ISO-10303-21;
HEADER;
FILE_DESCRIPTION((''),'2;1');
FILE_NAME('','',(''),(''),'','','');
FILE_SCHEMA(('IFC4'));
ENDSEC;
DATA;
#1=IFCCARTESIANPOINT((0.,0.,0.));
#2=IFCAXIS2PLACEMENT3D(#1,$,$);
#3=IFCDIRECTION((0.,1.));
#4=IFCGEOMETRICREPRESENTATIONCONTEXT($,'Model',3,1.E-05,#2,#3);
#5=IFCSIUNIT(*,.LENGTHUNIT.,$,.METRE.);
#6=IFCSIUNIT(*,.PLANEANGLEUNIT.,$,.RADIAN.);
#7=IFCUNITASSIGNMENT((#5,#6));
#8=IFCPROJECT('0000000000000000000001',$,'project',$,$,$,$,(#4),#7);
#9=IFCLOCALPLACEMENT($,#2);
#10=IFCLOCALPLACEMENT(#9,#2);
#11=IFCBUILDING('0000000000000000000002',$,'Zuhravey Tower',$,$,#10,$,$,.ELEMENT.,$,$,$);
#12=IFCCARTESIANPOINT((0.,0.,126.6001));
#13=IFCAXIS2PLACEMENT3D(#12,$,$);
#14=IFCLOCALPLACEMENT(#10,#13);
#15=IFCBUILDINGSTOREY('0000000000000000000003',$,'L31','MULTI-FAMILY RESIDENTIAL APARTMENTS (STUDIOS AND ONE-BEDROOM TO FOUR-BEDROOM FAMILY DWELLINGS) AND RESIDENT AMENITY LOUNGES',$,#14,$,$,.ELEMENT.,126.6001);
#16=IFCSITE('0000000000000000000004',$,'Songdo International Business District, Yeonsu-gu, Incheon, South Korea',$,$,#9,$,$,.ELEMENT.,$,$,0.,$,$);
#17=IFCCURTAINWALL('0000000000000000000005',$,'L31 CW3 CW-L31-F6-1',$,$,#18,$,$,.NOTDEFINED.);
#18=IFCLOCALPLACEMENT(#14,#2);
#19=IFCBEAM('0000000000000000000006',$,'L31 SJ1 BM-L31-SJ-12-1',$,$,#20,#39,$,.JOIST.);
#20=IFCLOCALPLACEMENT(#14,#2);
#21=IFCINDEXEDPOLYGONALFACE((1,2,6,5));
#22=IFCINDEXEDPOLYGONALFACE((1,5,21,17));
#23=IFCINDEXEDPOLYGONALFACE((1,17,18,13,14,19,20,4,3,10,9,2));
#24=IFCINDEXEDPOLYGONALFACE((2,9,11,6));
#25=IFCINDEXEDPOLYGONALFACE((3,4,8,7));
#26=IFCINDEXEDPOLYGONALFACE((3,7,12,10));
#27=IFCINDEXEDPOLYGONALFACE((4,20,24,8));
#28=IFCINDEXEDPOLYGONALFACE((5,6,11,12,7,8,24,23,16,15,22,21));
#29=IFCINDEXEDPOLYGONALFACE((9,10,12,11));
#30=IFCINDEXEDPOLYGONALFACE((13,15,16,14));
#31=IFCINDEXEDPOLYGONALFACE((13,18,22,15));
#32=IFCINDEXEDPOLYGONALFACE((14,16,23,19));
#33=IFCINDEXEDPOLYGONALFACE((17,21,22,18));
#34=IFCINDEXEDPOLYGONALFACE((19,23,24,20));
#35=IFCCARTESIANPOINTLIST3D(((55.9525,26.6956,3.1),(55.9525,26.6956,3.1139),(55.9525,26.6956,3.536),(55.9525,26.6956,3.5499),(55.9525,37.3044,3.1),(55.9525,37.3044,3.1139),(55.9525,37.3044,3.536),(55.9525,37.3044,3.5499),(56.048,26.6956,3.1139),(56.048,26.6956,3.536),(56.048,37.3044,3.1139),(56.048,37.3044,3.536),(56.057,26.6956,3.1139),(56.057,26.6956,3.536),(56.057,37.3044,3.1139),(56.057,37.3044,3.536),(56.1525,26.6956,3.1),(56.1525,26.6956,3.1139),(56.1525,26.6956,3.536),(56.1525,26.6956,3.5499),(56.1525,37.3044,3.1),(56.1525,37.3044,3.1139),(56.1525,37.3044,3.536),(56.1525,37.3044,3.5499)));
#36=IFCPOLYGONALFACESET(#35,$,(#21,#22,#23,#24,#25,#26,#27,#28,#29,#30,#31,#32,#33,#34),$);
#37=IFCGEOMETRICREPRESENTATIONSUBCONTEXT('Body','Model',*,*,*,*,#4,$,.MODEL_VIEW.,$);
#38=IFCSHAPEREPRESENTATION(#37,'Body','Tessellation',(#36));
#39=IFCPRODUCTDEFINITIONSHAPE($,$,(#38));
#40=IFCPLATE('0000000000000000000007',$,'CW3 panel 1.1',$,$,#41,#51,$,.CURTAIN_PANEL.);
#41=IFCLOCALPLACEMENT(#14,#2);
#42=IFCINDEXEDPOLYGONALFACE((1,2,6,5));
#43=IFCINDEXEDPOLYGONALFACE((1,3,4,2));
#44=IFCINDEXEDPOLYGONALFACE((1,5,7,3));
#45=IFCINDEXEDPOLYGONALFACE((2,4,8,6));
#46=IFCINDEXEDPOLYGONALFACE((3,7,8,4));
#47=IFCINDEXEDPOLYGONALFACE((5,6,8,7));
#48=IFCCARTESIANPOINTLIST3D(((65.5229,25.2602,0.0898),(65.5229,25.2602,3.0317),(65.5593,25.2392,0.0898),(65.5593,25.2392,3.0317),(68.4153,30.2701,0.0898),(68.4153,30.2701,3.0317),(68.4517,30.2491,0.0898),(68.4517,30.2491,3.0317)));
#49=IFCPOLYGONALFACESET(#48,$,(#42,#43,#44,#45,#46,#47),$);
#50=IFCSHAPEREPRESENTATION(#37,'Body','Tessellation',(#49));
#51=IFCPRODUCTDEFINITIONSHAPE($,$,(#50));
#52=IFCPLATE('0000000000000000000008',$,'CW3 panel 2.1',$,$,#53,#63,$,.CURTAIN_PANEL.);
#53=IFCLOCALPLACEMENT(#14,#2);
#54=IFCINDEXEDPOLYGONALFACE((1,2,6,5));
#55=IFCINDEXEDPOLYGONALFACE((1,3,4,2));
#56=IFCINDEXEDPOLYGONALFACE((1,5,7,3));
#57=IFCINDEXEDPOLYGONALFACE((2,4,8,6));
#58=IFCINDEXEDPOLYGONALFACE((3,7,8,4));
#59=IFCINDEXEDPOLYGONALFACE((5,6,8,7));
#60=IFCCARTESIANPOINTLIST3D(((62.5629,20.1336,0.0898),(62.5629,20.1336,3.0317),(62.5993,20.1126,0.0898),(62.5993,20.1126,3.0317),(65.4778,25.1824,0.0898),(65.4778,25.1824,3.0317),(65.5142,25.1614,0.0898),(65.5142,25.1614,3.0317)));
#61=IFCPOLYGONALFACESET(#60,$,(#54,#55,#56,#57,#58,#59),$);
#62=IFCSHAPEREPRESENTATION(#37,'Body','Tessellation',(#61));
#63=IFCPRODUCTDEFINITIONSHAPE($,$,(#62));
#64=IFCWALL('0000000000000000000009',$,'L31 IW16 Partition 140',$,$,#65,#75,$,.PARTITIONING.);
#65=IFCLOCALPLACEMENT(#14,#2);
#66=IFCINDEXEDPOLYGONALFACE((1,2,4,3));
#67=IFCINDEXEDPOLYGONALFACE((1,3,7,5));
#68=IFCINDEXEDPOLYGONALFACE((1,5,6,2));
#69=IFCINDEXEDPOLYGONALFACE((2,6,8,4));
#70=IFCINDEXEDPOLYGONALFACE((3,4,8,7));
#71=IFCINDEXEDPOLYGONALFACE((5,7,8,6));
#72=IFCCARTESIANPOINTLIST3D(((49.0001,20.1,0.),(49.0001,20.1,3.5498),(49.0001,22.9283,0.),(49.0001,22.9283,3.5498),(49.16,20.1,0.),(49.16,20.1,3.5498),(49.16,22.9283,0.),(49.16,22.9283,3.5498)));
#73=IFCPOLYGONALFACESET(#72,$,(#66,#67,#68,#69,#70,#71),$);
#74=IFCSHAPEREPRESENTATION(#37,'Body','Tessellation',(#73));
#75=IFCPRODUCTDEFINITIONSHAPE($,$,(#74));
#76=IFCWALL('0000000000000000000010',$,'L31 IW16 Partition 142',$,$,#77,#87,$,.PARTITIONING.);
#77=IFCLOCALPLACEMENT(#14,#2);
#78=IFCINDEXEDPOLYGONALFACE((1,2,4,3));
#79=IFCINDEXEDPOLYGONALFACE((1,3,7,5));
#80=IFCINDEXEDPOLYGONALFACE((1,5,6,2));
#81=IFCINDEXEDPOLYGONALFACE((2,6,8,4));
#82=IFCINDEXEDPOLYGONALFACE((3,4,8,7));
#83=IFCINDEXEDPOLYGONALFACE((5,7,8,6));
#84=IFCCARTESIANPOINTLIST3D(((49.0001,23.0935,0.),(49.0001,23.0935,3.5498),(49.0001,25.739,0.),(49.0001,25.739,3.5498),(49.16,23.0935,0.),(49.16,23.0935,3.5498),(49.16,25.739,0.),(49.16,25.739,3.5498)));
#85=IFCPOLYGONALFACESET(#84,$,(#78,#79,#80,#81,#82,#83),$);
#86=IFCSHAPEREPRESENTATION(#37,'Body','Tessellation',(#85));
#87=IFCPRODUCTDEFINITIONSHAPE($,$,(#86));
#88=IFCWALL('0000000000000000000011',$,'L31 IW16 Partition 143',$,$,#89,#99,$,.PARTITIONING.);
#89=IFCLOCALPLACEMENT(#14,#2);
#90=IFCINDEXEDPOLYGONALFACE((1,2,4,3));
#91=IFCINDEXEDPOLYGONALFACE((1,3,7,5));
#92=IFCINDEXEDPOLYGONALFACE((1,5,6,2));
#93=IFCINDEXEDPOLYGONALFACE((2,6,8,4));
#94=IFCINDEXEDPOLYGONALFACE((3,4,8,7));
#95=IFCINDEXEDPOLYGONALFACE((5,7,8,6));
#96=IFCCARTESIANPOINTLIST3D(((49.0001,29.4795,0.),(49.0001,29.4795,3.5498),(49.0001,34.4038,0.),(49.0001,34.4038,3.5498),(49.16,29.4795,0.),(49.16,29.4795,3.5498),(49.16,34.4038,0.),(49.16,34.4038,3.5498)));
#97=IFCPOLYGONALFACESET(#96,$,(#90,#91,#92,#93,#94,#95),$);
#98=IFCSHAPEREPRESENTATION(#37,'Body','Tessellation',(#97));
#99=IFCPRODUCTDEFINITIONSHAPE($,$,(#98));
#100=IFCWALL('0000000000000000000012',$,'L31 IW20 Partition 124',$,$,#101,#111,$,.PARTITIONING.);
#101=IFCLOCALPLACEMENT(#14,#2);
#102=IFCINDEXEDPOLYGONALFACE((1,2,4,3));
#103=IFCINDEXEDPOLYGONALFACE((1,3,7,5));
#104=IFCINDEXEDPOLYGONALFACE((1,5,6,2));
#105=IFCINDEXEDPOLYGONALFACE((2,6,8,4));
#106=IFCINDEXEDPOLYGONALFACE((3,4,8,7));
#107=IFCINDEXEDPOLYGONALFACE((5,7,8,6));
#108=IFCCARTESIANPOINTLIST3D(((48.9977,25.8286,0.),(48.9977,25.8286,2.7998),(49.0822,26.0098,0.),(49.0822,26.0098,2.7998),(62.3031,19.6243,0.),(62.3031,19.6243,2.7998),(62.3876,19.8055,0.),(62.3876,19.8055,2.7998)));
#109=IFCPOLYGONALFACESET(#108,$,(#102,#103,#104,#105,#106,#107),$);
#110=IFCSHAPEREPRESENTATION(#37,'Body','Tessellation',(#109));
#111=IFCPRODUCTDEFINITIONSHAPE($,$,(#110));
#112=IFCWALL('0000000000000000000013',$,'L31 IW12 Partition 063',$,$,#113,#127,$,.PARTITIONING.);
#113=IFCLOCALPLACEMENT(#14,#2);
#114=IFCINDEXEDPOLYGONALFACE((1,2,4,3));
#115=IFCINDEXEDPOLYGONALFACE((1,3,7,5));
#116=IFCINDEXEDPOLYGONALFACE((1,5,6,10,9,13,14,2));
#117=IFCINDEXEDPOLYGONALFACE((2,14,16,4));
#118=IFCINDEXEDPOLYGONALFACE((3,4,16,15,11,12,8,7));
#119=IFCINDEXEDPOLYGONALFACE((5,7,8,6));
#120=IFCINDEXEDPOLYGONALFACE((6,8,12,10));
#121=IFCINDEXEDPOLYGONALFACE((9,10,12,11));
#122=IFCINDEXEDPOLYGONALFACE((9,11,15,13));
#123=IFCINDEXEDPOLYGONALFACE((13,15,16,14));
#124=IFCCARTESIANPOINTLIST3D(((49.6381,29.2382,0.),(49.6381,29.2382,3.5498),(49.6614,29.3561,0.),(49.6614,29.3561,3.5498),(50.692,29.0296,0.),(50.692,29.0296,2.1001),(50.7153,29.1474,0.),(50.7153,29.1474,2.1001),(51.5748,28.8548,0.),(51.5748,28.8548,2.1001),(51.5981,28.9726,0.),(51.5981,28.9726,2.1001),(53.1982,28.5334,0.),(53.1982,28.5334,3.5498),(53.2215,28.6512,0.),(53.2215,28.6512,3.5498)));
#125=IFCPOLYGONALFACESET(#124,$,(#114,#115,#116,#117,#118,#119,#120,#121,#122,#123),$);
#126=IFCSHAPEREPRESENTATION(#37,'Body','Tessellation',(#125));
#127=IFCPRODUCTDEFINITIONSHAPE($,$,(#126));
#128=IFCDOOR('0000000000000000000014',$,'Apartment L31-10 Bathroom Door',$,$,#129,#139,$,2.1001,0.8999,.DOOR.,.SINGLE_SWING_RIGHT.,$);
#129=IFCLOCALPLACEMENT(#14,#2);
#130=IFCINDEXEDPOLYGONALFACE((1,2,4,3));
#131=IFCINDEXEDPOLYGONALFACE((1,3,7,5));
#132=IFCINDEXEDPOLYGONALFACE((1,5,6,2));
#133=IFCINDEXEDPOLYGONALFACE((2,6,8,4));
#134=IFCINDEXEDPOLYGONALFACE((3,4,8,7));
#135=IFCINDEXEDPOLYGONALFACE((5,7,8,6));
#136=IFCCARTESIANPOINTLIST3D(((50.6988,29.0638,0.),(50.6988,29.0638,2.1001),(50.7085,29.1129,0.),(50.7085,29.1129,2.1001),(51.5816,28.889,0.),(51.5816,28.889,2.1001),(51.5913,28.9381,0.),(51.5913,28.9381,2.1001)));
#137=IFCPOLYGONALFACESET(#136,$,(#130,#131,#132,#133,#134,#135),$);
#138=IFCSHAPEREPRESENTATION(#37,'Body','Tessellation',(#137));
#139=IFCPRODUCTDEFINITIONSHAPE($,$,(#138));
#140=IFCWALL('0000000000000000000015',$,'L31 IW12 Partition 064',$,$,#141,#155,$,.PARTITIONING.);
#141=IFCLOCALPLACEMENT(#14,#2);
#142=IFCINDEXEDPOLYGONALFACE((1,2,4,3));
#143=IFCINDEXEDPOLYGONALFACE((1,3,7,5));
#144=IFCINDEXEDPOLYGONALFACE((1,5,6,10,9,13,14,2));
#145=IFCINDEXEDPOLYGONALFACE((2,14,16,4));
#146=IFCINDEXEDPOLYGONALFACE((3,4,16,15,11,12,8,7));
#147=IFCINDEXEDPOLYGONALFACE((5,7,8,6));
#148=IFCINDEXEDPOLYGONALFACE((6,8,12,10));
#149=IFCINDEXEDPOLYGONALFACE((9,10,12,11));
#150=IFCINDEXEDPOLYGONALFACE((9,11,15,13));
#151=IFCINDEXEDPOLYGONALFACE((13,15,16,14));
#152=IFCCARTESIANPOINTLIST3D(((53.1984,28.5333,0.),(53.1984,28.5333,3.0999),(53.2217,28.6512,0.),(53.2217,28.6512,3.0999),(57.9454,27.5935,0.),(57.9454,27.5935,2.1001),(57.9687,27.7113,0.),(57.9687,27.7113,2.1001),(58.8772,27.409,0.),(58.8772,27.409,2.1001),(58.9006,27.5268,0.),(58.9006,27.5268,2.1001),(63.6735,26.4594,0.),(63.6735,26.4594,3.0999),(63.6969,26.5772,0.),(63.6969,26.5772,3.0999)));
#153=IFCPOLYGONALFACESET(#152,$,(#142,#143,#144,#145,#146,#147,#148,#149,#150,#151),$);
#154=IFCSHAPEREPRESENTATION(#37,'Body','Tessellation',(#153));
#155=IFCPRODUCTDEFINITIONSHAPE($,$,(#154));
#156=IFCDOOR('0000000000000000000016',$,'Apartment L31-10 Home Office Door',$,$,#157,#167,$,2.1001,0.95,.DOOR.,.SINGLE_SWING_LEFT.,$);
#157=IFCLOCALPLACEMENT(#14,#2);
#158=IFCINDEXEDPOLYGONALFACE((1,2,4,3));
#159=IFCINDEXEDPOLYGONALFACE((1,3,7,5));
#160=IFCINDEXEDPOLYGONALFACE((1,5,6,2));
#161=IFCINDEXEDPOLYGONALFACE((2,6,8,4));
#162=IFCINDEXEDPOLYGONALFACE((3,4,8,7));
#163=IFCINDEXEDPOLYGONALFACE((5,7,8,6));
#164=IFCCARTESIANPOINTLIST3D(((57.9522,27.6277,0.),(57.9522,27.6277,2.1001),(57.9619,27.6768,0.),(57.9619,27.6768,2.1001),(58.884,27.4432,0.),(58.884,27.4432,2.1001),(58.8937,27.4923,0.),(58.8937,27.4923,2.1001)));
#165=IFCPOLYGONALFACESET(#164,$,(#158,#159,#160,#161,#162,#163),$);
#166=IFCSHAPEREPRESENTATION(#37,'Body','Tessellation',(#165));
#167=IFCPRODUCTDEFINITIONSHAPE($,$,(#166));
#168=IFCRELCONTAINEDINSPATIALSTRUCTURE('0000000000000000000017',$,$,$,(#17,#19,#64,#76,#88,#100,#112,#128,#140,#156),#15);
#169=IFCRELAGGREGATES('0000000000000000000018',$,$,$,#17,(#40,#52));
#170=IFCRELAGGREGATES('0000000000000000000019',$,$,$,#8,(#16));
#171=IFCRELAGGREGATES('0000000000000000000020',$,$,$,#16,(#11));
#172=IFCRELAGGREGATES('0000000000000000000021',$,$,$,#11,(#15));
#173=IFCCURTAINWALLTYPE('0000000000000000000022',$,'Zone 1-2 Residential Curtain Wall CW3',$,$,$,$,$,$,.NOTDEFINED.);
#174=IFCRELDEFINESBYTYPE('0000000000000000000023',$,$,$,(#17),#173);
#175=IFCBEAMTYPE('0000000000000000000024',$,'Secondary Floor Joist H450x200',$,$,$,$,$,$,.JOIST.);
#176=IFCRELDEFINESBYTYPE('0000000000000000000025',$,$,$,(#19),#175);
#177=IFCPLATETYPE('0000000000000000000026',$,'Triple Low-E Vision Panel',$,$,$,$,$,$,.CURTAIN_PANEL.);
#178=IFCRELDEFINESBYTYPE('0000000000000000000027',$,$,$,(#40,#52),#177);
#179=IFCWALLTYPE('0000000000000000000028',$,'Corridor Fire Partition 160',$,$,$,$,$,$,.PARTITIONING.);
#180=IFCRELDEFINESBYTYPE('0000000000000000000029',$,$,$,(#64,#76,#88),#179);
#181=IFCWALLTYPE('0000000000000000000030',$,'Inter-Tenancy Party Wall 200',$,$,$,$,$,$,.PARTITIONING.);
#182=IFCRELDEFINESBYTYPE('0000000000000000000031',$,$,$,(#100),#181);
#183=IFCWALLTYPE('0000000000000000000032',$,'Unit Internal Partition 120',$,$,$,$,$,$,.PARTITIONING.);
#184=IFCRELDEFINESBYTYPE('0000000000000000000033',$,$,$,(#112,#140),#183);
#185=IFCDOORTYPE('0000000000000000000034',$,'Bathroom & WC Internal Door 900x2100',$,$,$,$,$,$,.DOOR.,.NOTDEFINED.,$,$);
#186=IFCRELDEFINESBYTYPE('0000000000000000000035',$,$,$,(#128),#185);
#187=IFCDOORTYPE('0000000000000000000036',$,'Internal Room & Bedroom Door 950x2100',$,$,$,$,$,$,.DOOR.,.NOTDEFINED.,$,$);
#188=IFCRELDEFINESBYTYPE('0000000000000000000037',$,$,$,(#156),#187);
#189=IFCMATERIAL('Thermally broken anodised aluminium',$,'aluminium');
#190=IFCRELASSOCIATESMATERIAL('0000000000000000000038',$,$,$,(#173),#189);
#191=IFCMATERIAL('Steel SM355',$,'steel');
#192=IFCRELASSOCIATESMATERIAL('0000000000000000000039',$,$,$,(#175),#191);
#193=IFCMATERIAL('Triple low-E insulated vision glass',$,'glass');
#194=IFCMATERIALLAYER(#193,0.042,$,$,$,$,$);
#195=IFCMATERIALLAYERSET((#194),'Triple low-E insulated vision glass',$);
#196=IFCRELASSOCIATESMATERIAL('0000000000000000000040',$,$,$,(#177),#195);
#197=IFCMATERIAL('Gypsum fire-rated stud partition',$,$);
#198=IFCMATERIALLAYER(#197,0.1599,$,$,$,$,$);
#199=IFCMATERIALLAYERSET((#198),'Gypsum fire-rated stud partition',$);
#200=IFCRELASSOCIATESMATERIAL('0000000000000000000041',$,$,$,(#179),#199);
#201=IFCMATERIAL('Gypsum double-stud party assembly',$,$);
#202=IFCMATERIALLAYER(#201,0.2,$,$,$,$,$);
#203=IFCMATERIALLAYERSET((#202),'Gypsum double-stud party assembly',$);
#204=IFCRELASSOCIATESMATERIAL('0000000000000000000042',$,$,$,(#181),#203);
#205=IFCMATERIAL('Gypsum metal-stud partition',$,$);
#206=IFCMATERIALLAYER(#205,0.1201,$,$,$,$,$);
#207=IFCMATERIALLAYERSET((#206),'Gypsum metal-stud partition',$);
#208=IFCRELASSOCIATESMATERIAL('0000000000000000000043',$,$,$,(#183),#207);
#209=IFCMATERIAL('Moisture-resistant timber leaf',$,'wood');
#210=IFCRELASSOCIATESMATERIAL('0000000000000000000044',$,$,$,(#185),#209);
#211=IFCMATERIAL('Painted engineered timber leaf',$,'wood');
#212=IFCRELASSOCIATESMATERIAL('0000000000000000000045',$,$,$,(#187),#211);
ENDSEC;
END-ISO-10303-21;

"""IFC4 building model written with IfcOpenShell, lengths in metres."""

from ifc_helpers import new_model, si_unit, direction, frame, frame_2d, origin, origin_2d, place, context, subcontext, project, spatial, rectangle, i_section, extrude, material, layer, layer_set, material_profile, profile_set, type_object, element, fill, aggregate, save


model = new_model("IFC4")

# Units and contexts
model_context = context("Model", 3, precision=1e-05, world=origin(), true_north=direction((0.0, 1.0)))
body_context = subcontext(model_context, "Body", "Model", "MODEL_VIEW")
ifc_project = project(units=[si_unit("LENGTHUNIT", "METRE"), si_unit("PLANEANGLEUNIT", "RADIAN")], contexts=[model_context])

# Site, building, storey
site_placement = place(None, origin())
site = spatial("IfcSite", under=ifc_project, at=site_placement, Name="Songdo International Business District, Yeonsu-gu, Incheon, South Korea", CompositionType="ELEMENT", RefElevation=0.0)
building_placement = place(site_placement, origin())
building = spatial("IfcBuilding", under=site, at=building_placement, Name="Zuhravey Tower", CompositionType="ELEMENT")
storey_placement = place(building_placement, frame((0.0, 0.0, 126.6001)))
storey = spatial("IfcBuildingStorey", under=building, at=storey_placement, Name="L31", Description="MULTI-FAMILY RESIDENTIAL APARTMENTS (STUDIOS AND ONE-BEDROOM TO FOUR-BEDROOM FAMILY DWELLINGS) AND RESIDENT AMENITY LOUNGES", CompositionType="ELEMENT", Elevation=126.6001)

# Curtain wall
ifc_material_1 = material(Name="Thermally broken anodised aluminium", Category="aluminium")
curtain_wall_type = type_object("IfcCurtainWallType", Name="Zone 1-2 Residential Curtain Wall CW3", PredefinedType="NOTDEFINED", material=ifc_material_1)
curtain_wall_placement = place(storey_placement, origin())
curtain_wall = element("IfcCurtainWall", 1, at=curtain_wall_placement, inside=storey, type_object=curtain_wall_type, Name="L31 CW3 CW-L31-F6-1", PredefinedType="NOTDEFINED")

# Beam
ifc_material_2 = material(Name="Steel SM355", Category="steel")
ifc_material_profile_1 = material_profile(ifc_material_2, i_section(OverallWidth=0.2, OverallDepth=0.45, WebThickness=0.009, FlangeThickness=0.0139, at=origin_2d()), Name="H-450x200x9x14")
ifc_profile_set_1 = profile_set([ifc_material_profile_1], Name="Steel SM355")
beam_type_1 = type_object("IfcBeamType", Name="Secondary Floor Joist H450x200", PredefinedType="JOIST", material=ifc_profile_set_1)
beam_1_placement = place(storey_placement, frame((56.0525, 26.6956, 3.325), z_axis=(0.0, 1.0, 0.0), x_axis=(-1.0, 0.0, 0.0)))
element("IfcBeam", 2, at=beam_1_placement, inside=storey, type_object=beam_type_1, Name="L31 SJ1 BM-L31-SJ-12-1", PredefinedType="JOIST", context=body_context, shape_type="SweptSolid", body=[
    extrude(i_section(OverallWidth=0.2, OverallDepth=0.45, WebThickness=0.009, FlangeThickness=0.0139, at=origin_2d()), origin(), (0.0, 0.0, 1.0), 10.6089),
])

# Plates
ifc_material_3 = material(Name="Triple low-E insulated vision glass", Category="glass")
ifc_layer_1 = layer(ifc_material_3, 0.042)
ifc_layer_set_1 = layer_set([ifc_layer_1], Name="Triple low-E insulated vision glass")
plate_type = type_object("IfcPlateType", Name="Triple Low-E Vision Panel", PredefinedType="CURTAIN_PANEL", material=ifc_layer_set_1)
plate_1_placement = place(storey_placement, frame((66.9873, 27.7546, 0.0898), z_axis=(0.0, 0.0, 1.0), x_axis=(-0.5, -0.866026, 0.0)))
plate_1 = element("IfcPlate", 3, at=plate_1_placement, type_object=plate_type, Name="CW3 panel 1.1", PredefinedType="CURTAIN_PANEL", context=body_context, shape_type="SweptSolid", body=[
    extrude(rectangle(XDim=5.7849, YDim=0.042, at=origin_2d()), origin(), (0.0, 0.0, 1.0), 2.9419),
])
plate_2_placement = place(storey_placement, frame((64.0386, 22.6475, 0.0898), z_axis=(0.0, 0.0, 1.0), x_axis=(-0.5, -0.866026, 0.0)))
plate_2 = element("IfcPlate", 4, at=plate_2_placement, type_object=plate_type, Name="CW3 panel 2.1", PredefinedType="CURTAIN_PANEL", context=body_context, shape_type="SweptSolid", body=[
    extrude(rectangle(XDim=5.8298, YDim=0.042, at=origin_2d()), origin(), (0.0, 0.0, 1.0), 2.9419),
])
aggregate(curtain_wall, [plate_1, plate_2])

# Shared definitions
ifc_material_4 = material(Name="Gypsum fire-rated stud partition")
ifc_layer_2 = layer(ifc_material_4, 0.1599)
ifc_layer_set_2 = layer_set([ifc_layer_2], Name="Gypsum fire-rated stud partition")
wall_type_1 = type_object("IfcWallType", Name="Corridor Fire Partition 160", PredefinedType="PARTITIONING", material=ifc_layer_set_2)

# Walls
wall_1_placement = place(storey_placement, frame((49.0801, 20.1001, 0.0), z_axis=(0.0, 0.0, 1.0), x_axis=(0.0, 1.0, 0.0)))
element("IfcWall", 5, at=wall_1_placement, inside=storey, type_object=wall_type_1, Name="L31 IW16 Partition 140", PredefinedType="PARTITIONING", context=body_context, shape_type="SweptSolid", body=[
    extrude(rectangle(XDim=2.8284, YDim=0.1599, at=frame_2d((1.4141, 0.0))), origin(), (0.0, 0.0, 1.0), 3.5498),
])
wall_2_placement = place(storey_placement, frame((49.0801, 23.0935, 0.0), z_axis=(0.0, 0.0, 1.0), x_axis=(0.0, 1.0, 0.0)))
element("IfcWall", 6, at=wall_2_placement, inside=storey, type_object=wall_type_1, Name="L31 IW16 Partition 142", PredefinedType="PARTITIONING", context=body_context, shape_type="SweptSolid", body=[
    extrude(rectangle(XDim=2.6455, YDim=0.1599, at=frame_2d((1.3228, 0.0))), origin(), (0.0, 0.0, 1.0), 3.5498),
])
wall_3_placement = place(storey_placement, frame((49.0801, 29.4795, 0.0), z_axis=(0.0, 0.0, 1.0), x_axis=(0.0, 1.0, 0.0)))
element("IfcWall", 7, at=wall_3_placement, inside=storey, type_object=wall_type_1, Name="L31 IW16 Partition 143", PredefinedType="PARTITIONING", context=body_context, shape_type="SweptSolid", body=[
    extrude(rectangle(XDim=4.9243, YDim=0.1599, at=frame_2d((2.4622, 0.0))), origin(), (0.0, 0.0, 1.0), 3.5498),
])
ifc_material_5 = material(Name="Gypsum double-stud party assembly")
ifc_layer_3 = layer(ifc_material_5, 0.2)
ifc_layer_set_3 = layer_set([ifc_layer_3], Name="Gypsum double-stud party assembly")
wall_type_2 = type_object("IfcWallType", Name="Inter-Tenancy Party Wall 200", PredefinedType="PARTITIONING", material=ifc_layer_set_3)
wall_4_placement = place(storey_placement, frame((49.04, 25.9192, 0.0), z_axis=(0.0, 0.0, 1.0), x_axis=(0.90631, -0.422614, 0.0)))
element("IfcWall", 8, at=wall_4_placement, inside=storey, type_object=wall_type_2, Name="L31 IW20 Partition 124", PredefinedType="PARTITIONING", context=body_context, shape_type="SweptSolid", body=[
    extrude(rectangle(XDim=14.6809, YDim=0.2, at=frame_2d((7.3403, 0.0))), origin(), (0.0, 0.0, 1.0), 2.7998),
])

# Walls, openings, doors
ifc_material_6 = material(Name="Gypsum metal-stud partition")
ifc_layer_4 = layer(ifc_material_6, 0.1201)
ifc_layer_set_4 = layer_set([ifc_layer_4], Name="Gypsum metal-stud partition")
wall_type_3 = type_object("IfcWallType", Name="Unit Internal Partition 120", PredefinedType="PARTITIONING", material=ifc_layer_set_4)
wall_5_placement = place(storey_placement, frame((49.6499, 29.2971, 0.0), z_axis=(0.0, 0.0, 1.0), x_axis=(0.980959, -0.194214, 0.0)))
wall_5 = element("IfcWall", 9, at=wall_5_placement, inside=storey, type_object=wall_type_3, Name="L31 IW12 Partition 063", PredefinedType="PARTITIONING", context=body_context, shape_type="SweptSolid", body=[
    extrude(rectangle(XDim=3.6292, YDim=0.1201, at=frame_2d((1.8145, 0.0))), origin(), (0.0, 0.0, 1.0), 3.5498),
])
opening_1_placement = place(wall_5_placement, frame((1.0742, 0.0, 0.0)))
opening_1 = element("IfcOpeningElement", 10, at=opening_1_placement, cuts=wall_5, PredefinedType="OPENING", context=body_context, shape_type="SweptSolid", body=[
    extrude(rectangle(XDim=0.8999, YDim=2.1001, at=frame_2d((0.45, 1.05))), frame((0.0, 0.072, 0.0), z_axis=(0.0, -1.0, 0.0), x_axis=(1.0, 0.0, 0.0)), (0.0, 0.0, 1.0), 0.144),
])
ifc_material_7 = material(Name="Moisture-resistant timber leaf", Category="wood")
door_type_1 = type_object("IfcDoorType", Name="Bathroom & WC Internal Door 900x2100", OperationType="NOTDEFINED", PredefinedType="DOOR", material=ifc_material_7)
door_1_placement = place(opening_1_placement, origin())
door_1 = element("IfcDoor", 11, at=door_1_placement, inside=storey, type_object=door_type_1, Name="Apartment L31-10 Bathroom Door", OperationType="SINGLE_SWING_RIGHT", OverallHeight=2.1001, OverallWidth=0.8999, PredefinedType="DOOR", context=body_context, shape_type="SweptSolid", body=[
    extrude(rectangle(XDim=0.8999, YDim=2.1001, at=frame_2d((0.45, 1.05))), frame((0.0, 0.0249, 0.0), z_axis=(0.0, -1.0, 0.0), x_axis=(1.0, 0.0, 0.0)), (0.0, 0.0, 1.0), 0.05),
])
fill(opening_1, door_1)
wall_6_placement = place(storey_placement, frame((53.21, 28.5923, 0.0), z_axis=(0.0, 0.0, 1.0), x_axis=(0.980958, -0.194221, 0.0)))
wall_6 = element("IfcWall", 12, at=wall_6_placement, inside=storey, type_object=wall_type_3, Name="L31 IW12 Partition 064", PredefinedType="PARTITIONING", context=body_context, shape_type="SweptSolid", body=[
    extrude(rectangle(XDim=10.6785, YDim=0.1201, at=frame_2d((5.3394, 0.0))), origin(), (0.0, 0.0, 1.0), 3.0999),
])
opening_2_placement = place(wall_6_placement, frame((4.8391, 0.0, 0.0)))
opening_2 = element("IfcOpeningElement", 13, at=opening_2_placement, cuts=wall_6, PredefinedType="OPENING", context=body_context, shape_type="SweptSolid", body=[
    extrude(rectangle(XDim=0.95, YDim=2.1001, at=frame_2d((0.4751, 1.05))), frame((0.0, 0.072, 0.0), z_axis=(0.0, -1.0, 0.0), x_axis=(1.0, 0.0, 0.0)), (0.0, 0.0, 1.0), 0.144),
])
ifc_material_8 = material(Name="Painted engineered timber leaf", Category="wood")
door_type_2 = type_object("IfcDoorType", Name="Internal Room & Bedroom Door 950x2100", OperationType="NOTDEFINED", PredefinedType="DOOR", material=ifc_material_8)
door_2_placement = place(opening_2_placement, origin())
door_2 = element("IfcDoor", 14, at=door_2_placement, inside=storey, type_object=door_type_2, Name="Apartment L31-10 Home Office Door", OperationType="SINGLE_SWING_LEFT", OverallHeight=2.1001, OverallWidth=0.95, PredefinedType="DOOR", context=body_context, shape_type="SweptSolid", body=[
    extrude(rectangle(XDim=0.95, YDim=2.1001, at=frame_2d((0.4751, 1.05))), frame((0.0, 0.0249, 0.0), z_axis=(0.0, -1.0, 0.0), x_axis=(1.0, 0.0, 0.0)), (0.0, 0.0, 1.0), 0.05),
])
fill(opening_2, door_2)

save(model, "model.ifc")
